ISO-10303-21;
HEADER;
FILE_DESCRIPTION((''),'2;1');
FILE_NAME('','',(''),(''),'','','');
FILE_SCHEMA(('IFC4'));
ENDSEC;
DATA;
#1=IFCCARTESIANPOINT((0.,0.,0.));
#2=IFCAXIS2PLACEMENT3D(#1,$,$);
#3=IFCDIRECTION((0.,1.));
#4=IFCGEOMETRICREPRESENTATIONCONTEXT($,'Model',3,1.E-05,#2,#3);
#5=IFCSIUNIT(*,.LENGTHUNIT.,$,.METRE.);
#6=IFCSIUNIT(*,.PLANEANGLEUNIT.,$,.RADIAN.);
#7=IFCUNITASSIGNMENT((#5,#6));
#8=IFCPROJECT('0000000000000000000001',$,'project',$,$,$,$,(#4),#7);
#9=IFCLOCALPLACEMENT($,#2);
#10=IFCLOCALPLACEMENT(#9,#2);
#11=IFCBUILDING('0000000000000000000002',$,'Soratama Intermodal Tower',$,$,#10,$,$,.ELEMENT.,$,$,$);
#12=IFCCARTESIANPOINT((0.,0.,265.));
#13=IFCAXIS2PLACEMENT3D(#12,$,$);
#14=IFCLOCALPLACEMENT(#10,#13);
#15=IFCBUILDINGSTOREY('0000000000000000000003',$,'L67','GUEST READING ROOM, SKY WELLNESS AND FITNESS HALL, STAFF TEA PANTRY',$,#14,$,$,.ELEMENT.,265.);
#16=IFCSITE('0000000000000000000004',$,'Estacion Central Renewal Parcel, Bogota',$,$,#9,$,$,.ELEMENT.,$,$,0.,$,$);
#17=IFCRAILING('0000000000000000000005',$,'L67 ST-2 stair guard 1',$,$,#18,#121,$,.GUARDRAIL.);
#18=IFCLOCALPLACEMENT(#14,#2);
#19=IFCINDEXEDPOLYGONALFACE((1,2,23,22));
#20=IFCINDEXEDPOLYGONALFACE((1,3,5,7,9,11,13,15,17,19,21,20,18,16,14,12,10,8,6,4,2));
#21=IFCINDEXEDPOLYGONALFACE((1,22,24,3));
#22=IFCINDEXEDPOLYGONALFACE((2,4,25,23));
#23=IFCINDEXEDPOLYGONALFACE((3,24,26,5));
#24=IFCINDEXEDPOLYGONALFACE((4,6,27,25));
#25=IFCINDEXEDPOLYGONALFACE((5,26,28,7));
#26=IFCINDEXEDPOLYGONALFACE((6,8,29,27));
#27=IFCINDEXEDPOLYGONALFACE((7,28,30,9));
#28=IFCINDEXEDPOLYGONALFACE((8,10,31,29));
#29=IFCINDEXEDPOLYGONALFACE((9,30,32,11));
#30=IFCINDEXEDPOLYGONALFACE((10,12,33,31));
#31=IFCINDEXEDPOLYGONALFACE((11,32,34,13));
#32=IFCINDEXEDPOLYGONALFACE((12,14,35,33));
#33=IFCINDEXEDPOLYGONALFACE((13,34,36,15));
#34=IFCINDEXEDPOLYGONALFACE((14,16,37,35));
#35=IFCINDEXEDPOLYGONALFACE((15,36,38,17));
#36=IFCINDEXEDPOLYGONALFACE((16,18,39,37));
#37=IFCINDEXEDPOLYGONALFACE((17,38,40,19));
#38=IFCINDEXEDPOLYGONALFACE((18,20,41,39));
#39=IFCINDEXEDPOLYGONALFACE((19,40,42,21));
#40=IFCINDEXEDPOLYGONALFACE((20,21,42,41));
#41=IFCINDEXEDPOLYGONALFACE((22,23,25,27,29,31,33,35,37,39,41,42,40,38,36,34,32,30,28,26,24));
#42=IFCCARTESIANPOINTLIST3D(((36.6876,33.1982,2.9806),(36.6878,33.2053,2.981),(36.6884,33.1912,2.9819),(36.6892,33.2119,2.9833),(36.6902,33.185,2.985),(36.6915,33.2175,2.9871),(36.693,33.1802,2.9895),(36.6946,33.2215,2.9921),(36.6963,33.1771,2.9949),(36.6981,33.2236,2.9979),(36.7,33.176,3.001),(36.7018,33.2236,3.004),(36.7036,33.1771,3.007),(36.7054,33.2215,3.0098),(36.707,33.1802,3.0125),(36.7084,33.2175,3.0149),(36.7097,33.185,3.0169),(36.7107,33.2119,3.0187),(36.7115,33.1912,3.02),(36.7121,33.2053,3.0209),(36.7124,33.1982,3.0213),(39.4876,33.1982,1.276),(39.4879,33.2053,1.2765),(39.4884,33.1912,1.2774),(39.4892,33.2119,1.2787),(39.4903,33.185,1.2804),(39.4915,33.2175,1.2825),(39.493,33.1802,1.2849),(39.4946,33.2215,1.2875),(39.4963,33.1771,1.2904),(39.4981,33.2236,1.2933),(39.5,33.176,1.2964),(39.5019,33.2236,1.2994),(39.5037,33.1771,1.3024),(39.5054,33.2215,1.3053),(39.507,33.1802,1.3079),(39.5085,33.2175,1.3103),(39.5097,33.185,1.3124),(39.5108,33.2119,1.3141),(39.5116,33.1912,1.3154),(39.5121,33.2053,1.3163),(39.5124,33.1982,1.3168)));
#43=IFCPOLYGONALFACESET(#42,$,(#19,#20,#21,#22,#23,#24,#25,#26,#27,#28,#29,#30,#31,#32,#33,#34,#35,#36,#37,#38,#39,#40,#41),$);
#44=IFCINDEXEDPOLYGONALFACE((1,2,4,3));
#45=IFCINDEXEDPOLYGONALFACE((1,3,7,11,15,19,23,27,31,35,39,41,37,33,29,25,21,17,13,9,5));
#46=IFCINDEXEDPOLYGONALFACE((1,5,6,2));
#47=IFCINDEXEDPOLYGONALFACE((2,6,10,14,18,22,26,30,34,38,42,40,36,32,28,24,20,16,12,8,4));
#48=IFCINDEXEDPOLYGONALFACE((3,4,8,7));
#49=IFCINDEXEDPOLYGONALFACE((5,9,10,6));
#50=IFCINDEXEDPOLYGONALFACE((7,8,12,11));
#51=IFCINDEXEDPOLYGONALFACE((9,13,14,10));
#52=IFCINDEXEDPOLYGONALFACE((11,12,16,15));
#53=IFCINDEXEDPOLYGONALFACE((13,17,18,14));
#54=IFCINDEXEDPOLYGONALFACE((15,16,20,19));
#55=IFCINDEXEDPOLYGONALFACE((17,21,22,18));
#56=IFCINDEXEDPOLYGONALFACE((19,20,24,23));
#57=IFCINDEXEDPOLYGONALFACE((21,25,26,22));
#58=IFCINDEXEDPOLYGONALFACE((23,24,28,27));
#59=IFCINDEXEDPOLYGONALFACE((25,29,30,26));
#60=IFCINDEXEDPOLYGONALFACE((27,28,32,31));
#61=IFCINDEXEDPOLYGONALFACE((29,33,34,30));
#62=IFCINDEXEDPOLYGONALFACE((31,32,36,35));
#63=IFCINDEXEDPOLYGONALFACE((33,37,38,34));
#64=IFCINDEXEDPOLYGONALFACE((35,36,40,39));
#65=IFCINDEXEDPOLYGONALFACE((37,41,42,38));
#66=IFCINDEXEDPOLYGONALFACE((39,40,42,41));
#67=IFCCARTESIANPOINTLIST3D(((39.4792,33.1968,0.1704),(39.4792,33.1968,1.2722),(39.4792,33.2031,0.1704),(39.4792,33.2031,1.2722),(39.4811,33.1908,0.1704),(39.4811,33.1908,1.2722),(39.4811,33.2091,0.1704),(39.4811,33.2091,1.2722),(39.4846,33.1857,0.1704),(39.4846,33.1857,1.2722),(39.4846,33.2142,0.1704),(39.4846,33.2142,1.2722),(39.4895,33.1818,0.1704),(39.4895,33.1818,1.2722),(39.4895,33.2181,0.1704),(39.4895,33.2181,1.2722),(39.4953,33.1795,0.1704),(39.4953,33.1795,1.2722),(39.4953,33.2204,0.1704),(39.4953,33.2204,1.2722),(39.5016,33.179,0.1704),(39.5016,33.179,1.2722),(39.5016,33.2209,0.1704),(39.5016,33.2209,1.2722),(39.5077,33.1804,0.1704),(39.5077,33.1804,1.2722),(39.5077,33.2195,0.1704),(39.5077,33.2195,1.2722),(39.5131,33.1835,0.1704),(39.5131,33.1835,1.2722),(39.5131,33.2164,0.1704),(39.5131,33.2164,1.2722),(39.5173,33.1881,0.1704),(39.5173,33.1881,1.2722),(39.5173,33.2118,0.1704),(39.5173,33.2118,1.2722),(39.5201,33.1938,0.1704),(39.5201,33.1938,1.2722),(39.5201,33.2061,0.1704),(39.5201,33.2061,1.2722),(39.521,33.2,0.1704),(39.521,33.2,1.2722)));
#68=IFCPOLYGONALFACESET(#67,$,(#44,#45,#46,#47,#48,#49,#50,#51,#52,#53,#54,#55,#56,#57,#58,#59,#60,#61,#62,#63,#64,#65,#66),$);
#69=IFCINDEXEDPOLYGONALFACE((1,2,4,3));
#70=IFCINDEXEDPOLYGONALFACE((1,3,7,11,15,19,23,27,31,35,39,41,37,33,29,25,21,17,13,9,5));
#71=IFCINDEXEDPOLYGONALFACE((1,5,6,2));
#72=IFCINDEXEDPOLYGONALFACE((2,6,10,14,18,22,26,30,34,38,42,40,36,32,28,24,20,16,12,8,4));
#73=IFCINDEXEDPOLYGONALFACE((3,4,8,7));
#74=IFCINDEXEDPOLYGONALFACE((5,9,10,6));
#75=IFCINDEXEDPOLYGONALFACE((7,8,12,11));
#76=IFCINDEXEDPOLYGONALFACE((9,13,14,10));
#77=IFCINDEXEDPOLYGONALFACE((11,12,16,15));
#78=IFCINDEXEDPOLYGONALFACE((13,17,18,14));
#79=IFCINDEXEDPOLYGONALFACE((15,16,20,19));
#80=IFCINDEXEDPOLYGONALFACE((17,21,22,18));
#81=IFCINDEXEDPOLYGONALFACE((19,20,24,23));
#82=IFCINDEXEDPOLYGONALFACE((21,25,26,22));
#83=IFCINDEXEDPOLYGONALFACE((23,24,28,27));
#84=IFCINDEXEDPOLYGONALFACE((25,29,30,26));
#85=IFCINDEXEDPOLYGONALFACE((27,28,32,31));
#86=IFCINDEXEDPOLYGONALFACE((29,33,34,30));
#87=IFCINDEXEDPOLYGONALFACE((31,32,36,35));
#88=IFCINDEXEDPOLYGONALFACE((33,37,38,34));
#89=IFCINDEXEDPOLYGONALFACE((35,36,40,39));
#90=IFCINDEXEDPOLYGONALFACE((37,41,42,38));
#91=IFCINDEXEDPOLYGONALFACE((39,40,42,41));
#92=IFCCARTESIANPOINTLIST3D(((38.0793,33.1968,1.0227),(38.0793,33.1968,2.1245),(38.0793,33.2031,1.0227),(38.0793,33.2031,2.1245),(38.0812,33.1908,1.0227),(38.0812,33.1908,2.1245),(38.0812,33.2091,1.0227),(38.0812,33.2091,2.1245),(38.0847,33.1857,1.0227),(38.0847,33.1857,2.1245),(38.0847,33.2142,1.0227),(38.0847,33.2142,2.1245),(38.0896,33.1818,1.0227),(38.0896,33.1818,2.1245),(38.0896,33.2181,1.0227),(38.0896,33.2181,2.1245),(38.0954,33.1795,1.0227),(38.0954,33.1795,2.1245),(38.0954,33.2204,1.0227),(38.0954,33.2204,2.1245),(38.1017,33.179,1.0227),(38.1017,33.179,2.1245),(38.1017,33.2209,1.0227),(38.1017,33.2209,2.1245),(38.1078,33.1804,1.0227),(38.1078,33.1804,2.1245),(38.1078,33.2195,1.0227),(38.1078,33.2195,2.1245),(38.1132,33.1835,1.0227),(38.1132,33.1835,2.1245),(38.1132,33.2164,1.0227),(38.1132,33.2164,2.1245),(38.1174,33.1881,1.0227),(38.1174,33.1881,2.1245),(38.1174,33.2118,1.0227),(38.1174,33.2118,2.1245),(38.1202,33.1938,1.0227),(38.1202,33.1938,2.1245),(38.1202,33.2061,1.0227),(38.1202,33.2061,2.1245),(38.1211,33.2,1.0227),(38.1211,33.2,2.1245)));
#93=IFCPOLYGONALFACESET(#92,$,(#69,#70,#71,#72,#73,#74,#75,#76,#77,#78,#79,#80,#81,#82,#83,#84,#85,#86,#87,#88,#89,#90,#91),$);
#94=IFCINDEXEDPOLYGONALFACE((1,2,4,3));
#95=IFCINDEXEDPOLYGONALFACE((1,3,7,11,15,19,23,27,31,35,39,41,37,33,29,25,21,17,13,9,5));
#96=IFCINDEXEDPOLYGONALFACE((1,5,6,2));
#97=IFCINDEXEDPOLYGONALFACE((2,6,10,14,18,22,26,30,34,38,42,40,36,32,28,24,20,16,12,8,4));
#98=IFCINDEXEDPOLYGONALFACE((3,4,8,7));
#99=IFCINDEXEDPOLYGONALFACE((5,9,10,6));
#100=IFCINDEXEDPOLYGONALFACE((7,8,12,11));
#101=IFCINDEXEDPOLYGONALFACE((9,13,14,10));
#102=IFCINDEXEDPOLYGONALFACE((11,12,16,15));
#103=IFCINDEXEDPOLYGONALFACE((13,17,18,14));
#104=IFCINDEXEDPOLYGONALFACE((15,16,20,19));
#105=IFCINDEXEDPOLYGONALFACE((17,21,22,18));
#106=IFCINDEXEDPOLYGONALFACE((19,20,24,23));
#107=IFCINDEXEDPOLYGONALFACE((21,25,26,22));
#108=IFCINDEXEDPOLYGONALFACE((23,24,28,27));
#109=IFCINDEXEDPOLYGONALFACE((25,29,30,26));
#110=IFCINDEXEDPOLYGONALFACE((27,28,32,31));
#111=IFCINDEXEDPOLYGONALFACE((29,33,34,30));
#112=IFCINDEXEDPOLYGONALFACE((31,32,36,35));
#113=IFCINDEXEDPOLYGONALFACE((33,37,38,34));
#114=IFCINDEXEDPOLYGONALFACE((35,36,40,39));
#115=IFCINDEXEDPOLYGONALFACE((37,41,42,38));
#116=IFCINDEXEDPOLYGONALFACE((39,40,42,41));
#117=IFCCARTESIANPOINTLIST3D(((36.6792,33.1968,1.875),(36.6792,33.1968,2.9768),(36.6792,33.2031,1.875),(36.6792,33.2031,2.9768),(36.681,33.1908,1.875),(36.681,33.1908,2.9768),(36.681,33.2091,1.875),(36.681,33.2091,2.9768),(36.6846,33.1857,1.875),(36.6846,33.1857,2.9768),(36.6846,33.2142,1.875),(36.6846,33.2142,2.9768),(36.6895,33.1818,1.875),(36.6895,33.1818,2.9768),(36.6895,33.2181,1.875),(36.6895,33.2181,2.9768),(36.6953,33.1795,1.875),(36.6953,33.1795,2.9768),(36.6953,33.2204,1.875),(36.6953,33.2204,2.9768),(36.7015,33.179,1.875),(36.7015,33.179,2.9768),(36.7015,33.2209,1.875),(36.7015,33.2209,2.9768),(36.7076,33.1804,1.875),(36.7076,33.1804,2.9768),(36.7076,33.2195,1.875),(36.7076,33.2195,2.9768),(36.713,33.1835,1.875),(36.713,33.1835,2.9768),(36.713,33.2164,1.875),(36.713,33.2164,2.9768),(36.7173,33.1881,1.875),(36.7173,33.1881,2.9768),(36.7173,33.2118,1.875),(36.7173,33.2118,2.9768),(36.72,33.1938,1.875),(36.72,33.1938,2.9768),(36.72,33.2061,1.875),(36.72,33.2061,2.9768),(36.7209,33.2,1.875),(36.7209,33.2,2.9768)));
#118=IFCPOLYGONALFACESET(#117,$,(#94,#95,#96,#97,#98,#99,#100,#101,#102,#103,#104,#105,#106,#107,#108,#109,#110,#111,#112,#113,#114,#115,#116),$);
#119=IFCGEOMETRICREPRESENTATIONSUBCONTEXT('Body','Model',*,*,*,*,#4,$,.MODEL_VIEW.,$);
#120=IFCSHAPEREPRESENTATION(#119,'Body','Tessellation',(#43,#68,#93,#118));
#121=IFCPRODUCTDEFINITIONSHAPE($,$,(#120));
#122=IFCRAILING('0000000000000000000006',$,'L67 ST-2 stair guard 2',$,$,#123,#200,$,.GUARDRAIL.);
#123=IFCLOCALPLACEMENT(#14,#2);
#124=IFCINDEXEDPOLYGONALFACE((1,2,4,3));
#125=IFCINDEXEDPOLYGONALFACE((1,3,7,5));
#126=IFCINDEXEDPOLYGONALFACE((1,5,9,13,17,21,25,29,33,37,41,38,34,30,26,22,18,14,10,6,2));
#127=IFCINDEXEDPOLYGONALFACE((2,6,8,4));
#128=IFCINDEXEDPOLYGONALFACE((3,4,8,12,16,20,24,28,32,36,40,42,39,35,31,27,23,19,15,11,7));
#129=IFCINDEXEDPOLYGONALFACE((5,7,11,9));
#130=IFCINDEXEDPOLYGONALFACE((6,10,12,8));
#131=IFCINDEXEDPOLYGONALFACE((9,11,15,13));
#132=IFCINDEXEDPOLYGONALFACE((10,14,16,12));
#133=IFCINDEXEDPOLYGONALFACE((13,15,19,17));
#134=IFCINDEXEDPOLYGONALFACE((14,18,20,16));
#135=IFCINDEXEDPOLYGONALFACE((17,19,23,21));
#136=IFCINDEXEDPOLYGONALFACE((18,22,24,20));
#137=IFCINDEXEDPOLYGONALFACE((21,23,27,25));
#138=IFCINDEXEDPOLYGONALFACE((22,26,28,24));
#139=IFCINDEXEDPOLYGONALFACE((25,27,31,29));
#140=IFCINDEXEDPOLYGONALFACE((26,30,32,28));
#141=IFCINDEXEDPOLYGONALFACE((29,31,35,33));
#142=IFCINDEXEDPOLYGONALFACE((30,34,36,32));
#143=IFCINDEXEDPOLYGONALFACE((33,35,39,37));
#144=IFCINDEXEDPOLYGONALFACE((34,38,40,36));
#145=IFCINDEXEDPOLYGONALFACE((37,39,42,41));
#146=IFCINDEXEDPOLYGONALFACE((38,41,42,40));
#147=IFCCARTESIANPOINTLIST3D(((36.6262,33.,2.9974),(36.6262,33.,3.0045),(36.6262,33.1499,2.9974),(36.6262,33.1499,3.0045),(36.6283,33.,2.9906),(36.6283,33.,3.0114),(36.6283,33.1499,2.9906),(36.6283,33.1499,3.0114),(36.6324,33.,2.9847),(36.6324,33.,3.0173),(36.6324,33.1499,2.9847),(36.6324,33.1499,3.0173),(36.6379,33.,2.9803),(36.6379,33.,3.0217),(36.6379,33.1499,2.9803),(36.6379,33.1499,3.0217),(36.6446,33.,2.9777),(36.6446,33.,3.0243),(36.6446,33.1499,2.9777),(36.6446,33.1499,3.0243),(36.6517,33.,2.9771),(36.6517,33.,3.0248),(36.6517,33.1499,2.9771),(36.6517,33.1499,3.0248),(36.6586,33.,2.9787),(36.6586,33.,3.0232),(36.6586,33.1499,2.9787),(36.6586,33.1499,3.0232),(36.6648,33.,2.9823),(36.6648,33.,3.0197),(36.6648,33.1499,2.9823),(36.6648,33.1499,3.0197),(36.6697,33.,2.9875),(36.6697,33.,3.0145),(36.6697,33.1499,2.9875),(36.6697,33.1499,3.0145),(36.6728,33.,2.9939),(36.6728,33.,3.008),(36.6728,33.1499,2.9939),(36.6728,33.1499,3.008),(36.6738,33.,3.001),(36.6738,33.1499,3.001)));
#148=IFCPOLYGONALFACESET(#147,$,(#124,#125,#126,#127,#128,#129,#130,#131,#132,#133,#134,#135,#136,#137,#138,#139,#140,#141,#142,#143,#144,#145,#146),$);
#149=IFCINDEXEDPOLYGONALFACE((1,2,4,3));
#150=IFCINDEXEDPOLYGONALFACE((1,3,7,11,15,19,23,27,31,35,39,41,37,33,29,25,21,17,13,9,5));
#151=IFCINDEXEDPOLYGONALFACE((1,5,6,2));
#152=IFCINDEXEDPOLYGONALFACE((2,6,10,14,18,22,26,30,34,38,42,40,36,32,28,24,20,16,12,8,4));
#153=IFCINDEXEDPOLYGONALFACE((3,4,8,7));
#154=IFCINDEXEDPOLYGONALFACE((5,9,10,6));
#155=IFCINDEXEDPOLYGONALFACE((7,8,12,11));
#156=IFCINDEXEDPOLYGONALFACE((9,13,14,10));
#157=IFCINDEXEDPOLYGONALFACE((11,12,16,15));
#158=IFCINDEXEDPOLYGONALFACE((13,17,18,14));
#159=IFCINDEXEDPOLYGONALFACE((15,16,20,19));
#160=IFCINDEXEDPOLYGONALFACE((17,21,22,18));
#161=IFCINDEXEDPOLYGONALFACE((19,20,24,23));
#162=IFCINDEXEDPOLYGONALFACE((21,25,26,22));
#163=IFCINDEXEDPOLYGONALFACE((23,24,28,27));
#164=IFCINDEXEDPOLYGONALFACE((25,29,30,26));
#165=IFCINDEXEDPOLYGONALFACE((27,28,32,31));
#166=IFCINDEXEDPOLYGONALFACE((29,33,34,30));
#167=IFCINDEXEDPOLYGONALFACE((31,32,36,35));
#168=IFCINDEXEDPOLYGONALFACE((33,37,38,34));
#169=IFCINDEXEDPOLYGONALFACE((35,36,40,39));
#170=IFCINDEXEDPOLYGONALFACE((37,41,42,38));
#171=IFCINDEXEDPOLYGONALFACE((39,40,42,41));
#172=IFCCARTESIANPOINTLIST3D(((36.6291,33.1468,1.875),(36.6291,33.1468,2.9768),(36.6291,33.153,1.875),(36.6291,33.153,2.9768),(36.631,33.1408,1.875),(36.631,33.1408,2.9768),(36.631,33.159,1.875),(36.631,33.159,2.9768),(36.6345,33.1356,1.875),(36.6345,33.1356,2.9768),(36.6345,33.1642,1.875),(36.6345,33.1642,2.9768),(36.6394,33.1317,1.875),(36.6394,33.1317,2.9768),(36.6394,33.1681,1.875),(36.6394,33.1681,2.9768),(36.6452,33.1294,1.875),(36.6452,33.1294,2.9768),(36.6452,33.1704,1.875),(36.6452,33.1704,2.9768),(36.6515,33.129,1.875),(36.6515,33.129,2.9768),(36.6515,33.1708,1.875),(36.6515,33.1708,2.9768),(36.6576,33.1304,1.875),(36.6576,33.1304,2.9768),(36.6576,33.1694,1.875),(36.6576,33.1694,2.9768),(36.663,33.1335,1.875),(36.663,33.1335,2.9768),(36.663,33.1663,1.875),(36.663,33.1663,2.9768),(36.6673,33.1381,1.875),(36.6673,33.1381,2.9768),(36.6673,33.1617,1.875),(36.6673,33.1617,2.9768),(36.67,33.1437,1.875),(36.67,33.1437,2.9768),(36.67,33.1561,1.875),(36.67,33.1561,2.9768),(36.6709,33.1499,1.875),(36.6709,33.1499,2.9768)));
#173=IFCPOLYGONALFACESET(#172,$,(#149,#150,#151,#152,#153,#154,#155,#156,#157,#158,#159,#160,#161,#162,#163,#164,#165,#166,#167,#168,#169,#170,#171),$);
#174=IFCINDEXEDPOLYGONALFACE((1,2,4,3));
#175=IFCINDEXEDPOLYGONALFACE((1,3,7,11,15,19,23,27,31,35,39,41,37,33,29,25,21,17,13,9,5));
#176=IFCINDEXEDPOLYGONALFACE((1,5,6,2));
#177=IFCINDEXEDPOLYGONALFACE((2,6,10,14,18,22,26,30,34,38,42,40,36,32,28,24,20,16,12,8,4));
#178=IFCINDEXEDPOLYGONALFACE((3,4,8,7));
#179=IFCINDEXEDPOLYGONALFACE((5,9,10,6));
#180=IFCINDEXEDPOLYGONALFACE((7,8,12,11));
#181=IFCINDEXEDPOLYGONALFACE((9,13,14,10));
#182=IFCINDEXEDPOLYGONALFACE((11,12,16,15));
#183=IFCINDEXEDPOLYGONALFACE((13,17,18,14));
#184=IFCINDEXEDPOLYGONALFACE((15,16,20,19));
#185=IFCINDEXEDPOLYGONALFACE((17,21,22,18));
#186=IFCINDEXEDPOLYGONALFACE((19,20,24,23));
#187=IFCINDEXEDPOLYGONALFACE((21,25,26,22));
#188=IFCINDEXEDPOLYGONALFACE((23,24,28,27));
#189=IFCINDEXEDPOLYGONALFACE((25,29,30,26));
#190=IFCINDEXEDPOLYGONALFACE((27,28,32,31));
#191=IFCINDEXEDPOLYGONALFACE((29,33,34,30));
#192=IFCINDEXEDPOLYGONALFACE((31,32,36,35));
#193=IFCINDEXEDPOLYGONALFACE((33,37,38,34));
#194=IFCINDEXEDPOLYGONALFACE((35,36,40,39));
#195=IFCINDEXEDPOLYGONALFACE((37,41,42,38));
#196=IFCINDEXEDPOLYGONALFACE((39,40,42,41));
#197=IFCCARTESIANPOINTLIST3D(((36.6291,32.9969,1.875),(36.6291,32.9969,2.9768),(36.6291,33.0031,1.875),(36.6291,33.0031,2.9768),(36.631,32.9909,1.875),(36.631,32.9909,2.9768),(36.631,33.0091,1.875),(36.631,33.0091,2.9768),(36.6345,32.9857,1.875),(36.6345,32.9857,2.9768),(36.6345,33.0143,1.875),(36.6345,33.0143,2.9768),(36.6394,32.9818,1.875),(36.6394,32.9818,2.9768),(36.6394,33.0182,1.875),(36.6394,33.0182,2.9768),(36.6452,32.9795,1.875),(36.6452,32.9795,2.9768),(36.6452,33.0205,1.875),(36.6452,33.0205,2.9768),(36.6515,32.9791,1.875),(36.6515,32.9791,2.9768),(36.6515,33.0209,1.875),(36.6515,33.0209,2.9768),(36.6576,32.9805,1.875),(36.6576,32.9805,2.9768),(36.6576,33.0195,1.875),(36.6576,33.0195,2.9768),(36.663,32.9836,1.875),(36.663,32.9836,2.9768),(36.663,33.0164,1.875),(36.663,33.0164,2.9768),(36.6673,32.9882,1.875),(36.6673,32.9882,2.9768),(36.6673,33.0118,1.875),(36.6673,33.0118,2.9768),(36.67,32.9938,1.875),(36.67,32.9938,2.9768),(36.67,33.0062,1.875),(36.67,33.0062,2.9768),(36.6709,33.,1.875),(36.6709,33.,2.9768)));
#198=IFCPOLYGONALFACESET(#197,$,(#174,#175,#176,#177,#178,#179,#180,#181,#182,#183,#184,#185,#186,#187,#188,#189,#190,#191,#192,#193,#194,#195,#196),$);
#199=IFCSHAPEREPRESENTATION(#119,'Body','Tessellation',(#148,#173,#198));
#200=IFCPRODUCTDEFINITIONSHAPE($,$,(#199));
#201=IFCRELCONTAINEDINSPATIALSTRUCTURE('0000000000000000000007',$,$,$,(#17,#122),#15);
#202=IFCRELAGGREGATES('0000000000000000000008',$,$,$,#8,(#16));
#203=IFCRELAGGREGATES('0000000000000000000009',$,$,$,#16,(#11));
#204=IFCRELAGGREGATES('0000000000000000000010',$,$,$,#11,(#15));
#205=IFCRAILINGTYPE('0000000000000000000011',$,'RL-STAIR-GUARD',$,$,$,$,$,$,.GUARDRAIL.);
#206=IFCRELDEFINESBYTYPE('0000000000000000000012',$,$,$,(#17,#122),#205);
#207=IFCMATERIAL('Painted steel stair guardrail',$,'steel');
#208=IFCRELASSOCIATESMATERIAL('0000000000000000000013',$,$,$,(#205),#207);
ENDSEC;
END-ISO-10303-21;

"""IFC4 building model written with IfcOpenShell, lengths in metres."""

from ifc_helpers import new_model, si_unit, direction, frame, origin, origin_2d, place, context, subcontext, project, spatial, circle, extrude, material, type_object, element, save


model = new_model("IFC4")

# Units and contexts
model_context = context("Model", 3, precision=1e-05, world=origin(), true_north=direction((0.0, 1.0)))
body_context = subcontext(model_context, "Body", "Model", "MODEL_VIEW")
ifc_project = project(units=[si_unit("LENGTHUNIT", "METRE"), si_unit("PLANEANGLEUNIT", "RADIAN")], contexts=[model_context])

# Site, building, storey
site_placement = place(None, origin())
site = spatial("IfcSite", under=ifc_project, at=site_placement, Name="Estacion Central Renewal Parcel, Bogota", CompositionType="ELEMENT", RefElevation=0.0)
building_placement = place(site_placement, origin())
building = spatial("IfcBuilding", under=site, at=building_placement, Name="Soratama Intermodal Tower", CompositionType="ELEMENT")
storey_placement = place(building_placement, frame((0.0, 0.0, 265.0)))
storey = spatial("IfcBuildingStorey", under=building, at=storey_placement, Name="L67", Description="GUEST READING ROOM, SKY WELLNESS AND FITNESS HALL, STAFF TEA PANTRY", CompositionType="ELEMENT", Elevation=265.0)

# Railings
ifc_material_1 = material(Name="Painted steel stair guardrail", Category="steel")
railing_type_1 = type_object("IfcRailingType", Name="RL-STAIR-GUARD", PredefinedType="GUARDRAIL", material=ifc_material_1)
railing_1_placement = place(storey_placement, frame((39.5, 33.2, 0.1704)))
element("IfcRailing", 1, at=railing_1_placement, inside=storey, type_object=railing_type_1, Name="L67 ST-2 stair guard 1", PredefinedType="GUARDRAIL", context=body_context, shape_type="SweptSolid", body=[
    extrude(circle(Radius=0.0239, at=origin_2d()), frame((0.0, 0.0, 1.126), z_axis=(-0.85417, 0.0, 0.519994), x_axis=(0.0, -1.0, 0.0)), (0.0, 0.0, 1.0), 3.2781),
    extrude(circle(Radius=0.021, at=origin_2d()), origin(), (0.0, 0.0, 1.0), 1.1018),
    extrude(circle(Radius=0.021, at=origin_2d()), frame((-1.3999, 0.0, 0.8523)), (0.0, 0.0, 1.0), 1.1018),
    extrude(circle(Radius=0.021, at=origin_2d()), frame((-2.8, 0.0, 1.7046)), (0.0, 0.0, 1.0), 1.1018),
])
railing_2_placement = place(storey_placement, frame((36.6499, 33.1499, 1.875)))
element("IfcRailing", 2, at=railing_2_placement, inside=storey, type_object=railing_type_1, Name="L67 ST-2 stair guard 2", PredefinedType="GUARDRAIL", context=body_context, shape_type="SweptSolid", body=[
    extrude(circle(Radius=0.0239, at=origin_2d()), frame((0.0, 0.0, 1.126), z_axis=(0.0, -1.0, 0.0), x_axis=(1.0, 0.0, 0.0)), (0.0, 0.0, 1.0), 0.1499),
    extrude(circle(Radius=0.021, at=origin_2d()), origin(), (0.0, 0.0, 1.0), 1.1018),
    extrude(circle(Radius=0.021, at=origin_2d()), frame((0.0, -0.1499, 0.0)), (0.0, 0.0, 1.0), 1.1018),
])

save(model, "model.ifc")
